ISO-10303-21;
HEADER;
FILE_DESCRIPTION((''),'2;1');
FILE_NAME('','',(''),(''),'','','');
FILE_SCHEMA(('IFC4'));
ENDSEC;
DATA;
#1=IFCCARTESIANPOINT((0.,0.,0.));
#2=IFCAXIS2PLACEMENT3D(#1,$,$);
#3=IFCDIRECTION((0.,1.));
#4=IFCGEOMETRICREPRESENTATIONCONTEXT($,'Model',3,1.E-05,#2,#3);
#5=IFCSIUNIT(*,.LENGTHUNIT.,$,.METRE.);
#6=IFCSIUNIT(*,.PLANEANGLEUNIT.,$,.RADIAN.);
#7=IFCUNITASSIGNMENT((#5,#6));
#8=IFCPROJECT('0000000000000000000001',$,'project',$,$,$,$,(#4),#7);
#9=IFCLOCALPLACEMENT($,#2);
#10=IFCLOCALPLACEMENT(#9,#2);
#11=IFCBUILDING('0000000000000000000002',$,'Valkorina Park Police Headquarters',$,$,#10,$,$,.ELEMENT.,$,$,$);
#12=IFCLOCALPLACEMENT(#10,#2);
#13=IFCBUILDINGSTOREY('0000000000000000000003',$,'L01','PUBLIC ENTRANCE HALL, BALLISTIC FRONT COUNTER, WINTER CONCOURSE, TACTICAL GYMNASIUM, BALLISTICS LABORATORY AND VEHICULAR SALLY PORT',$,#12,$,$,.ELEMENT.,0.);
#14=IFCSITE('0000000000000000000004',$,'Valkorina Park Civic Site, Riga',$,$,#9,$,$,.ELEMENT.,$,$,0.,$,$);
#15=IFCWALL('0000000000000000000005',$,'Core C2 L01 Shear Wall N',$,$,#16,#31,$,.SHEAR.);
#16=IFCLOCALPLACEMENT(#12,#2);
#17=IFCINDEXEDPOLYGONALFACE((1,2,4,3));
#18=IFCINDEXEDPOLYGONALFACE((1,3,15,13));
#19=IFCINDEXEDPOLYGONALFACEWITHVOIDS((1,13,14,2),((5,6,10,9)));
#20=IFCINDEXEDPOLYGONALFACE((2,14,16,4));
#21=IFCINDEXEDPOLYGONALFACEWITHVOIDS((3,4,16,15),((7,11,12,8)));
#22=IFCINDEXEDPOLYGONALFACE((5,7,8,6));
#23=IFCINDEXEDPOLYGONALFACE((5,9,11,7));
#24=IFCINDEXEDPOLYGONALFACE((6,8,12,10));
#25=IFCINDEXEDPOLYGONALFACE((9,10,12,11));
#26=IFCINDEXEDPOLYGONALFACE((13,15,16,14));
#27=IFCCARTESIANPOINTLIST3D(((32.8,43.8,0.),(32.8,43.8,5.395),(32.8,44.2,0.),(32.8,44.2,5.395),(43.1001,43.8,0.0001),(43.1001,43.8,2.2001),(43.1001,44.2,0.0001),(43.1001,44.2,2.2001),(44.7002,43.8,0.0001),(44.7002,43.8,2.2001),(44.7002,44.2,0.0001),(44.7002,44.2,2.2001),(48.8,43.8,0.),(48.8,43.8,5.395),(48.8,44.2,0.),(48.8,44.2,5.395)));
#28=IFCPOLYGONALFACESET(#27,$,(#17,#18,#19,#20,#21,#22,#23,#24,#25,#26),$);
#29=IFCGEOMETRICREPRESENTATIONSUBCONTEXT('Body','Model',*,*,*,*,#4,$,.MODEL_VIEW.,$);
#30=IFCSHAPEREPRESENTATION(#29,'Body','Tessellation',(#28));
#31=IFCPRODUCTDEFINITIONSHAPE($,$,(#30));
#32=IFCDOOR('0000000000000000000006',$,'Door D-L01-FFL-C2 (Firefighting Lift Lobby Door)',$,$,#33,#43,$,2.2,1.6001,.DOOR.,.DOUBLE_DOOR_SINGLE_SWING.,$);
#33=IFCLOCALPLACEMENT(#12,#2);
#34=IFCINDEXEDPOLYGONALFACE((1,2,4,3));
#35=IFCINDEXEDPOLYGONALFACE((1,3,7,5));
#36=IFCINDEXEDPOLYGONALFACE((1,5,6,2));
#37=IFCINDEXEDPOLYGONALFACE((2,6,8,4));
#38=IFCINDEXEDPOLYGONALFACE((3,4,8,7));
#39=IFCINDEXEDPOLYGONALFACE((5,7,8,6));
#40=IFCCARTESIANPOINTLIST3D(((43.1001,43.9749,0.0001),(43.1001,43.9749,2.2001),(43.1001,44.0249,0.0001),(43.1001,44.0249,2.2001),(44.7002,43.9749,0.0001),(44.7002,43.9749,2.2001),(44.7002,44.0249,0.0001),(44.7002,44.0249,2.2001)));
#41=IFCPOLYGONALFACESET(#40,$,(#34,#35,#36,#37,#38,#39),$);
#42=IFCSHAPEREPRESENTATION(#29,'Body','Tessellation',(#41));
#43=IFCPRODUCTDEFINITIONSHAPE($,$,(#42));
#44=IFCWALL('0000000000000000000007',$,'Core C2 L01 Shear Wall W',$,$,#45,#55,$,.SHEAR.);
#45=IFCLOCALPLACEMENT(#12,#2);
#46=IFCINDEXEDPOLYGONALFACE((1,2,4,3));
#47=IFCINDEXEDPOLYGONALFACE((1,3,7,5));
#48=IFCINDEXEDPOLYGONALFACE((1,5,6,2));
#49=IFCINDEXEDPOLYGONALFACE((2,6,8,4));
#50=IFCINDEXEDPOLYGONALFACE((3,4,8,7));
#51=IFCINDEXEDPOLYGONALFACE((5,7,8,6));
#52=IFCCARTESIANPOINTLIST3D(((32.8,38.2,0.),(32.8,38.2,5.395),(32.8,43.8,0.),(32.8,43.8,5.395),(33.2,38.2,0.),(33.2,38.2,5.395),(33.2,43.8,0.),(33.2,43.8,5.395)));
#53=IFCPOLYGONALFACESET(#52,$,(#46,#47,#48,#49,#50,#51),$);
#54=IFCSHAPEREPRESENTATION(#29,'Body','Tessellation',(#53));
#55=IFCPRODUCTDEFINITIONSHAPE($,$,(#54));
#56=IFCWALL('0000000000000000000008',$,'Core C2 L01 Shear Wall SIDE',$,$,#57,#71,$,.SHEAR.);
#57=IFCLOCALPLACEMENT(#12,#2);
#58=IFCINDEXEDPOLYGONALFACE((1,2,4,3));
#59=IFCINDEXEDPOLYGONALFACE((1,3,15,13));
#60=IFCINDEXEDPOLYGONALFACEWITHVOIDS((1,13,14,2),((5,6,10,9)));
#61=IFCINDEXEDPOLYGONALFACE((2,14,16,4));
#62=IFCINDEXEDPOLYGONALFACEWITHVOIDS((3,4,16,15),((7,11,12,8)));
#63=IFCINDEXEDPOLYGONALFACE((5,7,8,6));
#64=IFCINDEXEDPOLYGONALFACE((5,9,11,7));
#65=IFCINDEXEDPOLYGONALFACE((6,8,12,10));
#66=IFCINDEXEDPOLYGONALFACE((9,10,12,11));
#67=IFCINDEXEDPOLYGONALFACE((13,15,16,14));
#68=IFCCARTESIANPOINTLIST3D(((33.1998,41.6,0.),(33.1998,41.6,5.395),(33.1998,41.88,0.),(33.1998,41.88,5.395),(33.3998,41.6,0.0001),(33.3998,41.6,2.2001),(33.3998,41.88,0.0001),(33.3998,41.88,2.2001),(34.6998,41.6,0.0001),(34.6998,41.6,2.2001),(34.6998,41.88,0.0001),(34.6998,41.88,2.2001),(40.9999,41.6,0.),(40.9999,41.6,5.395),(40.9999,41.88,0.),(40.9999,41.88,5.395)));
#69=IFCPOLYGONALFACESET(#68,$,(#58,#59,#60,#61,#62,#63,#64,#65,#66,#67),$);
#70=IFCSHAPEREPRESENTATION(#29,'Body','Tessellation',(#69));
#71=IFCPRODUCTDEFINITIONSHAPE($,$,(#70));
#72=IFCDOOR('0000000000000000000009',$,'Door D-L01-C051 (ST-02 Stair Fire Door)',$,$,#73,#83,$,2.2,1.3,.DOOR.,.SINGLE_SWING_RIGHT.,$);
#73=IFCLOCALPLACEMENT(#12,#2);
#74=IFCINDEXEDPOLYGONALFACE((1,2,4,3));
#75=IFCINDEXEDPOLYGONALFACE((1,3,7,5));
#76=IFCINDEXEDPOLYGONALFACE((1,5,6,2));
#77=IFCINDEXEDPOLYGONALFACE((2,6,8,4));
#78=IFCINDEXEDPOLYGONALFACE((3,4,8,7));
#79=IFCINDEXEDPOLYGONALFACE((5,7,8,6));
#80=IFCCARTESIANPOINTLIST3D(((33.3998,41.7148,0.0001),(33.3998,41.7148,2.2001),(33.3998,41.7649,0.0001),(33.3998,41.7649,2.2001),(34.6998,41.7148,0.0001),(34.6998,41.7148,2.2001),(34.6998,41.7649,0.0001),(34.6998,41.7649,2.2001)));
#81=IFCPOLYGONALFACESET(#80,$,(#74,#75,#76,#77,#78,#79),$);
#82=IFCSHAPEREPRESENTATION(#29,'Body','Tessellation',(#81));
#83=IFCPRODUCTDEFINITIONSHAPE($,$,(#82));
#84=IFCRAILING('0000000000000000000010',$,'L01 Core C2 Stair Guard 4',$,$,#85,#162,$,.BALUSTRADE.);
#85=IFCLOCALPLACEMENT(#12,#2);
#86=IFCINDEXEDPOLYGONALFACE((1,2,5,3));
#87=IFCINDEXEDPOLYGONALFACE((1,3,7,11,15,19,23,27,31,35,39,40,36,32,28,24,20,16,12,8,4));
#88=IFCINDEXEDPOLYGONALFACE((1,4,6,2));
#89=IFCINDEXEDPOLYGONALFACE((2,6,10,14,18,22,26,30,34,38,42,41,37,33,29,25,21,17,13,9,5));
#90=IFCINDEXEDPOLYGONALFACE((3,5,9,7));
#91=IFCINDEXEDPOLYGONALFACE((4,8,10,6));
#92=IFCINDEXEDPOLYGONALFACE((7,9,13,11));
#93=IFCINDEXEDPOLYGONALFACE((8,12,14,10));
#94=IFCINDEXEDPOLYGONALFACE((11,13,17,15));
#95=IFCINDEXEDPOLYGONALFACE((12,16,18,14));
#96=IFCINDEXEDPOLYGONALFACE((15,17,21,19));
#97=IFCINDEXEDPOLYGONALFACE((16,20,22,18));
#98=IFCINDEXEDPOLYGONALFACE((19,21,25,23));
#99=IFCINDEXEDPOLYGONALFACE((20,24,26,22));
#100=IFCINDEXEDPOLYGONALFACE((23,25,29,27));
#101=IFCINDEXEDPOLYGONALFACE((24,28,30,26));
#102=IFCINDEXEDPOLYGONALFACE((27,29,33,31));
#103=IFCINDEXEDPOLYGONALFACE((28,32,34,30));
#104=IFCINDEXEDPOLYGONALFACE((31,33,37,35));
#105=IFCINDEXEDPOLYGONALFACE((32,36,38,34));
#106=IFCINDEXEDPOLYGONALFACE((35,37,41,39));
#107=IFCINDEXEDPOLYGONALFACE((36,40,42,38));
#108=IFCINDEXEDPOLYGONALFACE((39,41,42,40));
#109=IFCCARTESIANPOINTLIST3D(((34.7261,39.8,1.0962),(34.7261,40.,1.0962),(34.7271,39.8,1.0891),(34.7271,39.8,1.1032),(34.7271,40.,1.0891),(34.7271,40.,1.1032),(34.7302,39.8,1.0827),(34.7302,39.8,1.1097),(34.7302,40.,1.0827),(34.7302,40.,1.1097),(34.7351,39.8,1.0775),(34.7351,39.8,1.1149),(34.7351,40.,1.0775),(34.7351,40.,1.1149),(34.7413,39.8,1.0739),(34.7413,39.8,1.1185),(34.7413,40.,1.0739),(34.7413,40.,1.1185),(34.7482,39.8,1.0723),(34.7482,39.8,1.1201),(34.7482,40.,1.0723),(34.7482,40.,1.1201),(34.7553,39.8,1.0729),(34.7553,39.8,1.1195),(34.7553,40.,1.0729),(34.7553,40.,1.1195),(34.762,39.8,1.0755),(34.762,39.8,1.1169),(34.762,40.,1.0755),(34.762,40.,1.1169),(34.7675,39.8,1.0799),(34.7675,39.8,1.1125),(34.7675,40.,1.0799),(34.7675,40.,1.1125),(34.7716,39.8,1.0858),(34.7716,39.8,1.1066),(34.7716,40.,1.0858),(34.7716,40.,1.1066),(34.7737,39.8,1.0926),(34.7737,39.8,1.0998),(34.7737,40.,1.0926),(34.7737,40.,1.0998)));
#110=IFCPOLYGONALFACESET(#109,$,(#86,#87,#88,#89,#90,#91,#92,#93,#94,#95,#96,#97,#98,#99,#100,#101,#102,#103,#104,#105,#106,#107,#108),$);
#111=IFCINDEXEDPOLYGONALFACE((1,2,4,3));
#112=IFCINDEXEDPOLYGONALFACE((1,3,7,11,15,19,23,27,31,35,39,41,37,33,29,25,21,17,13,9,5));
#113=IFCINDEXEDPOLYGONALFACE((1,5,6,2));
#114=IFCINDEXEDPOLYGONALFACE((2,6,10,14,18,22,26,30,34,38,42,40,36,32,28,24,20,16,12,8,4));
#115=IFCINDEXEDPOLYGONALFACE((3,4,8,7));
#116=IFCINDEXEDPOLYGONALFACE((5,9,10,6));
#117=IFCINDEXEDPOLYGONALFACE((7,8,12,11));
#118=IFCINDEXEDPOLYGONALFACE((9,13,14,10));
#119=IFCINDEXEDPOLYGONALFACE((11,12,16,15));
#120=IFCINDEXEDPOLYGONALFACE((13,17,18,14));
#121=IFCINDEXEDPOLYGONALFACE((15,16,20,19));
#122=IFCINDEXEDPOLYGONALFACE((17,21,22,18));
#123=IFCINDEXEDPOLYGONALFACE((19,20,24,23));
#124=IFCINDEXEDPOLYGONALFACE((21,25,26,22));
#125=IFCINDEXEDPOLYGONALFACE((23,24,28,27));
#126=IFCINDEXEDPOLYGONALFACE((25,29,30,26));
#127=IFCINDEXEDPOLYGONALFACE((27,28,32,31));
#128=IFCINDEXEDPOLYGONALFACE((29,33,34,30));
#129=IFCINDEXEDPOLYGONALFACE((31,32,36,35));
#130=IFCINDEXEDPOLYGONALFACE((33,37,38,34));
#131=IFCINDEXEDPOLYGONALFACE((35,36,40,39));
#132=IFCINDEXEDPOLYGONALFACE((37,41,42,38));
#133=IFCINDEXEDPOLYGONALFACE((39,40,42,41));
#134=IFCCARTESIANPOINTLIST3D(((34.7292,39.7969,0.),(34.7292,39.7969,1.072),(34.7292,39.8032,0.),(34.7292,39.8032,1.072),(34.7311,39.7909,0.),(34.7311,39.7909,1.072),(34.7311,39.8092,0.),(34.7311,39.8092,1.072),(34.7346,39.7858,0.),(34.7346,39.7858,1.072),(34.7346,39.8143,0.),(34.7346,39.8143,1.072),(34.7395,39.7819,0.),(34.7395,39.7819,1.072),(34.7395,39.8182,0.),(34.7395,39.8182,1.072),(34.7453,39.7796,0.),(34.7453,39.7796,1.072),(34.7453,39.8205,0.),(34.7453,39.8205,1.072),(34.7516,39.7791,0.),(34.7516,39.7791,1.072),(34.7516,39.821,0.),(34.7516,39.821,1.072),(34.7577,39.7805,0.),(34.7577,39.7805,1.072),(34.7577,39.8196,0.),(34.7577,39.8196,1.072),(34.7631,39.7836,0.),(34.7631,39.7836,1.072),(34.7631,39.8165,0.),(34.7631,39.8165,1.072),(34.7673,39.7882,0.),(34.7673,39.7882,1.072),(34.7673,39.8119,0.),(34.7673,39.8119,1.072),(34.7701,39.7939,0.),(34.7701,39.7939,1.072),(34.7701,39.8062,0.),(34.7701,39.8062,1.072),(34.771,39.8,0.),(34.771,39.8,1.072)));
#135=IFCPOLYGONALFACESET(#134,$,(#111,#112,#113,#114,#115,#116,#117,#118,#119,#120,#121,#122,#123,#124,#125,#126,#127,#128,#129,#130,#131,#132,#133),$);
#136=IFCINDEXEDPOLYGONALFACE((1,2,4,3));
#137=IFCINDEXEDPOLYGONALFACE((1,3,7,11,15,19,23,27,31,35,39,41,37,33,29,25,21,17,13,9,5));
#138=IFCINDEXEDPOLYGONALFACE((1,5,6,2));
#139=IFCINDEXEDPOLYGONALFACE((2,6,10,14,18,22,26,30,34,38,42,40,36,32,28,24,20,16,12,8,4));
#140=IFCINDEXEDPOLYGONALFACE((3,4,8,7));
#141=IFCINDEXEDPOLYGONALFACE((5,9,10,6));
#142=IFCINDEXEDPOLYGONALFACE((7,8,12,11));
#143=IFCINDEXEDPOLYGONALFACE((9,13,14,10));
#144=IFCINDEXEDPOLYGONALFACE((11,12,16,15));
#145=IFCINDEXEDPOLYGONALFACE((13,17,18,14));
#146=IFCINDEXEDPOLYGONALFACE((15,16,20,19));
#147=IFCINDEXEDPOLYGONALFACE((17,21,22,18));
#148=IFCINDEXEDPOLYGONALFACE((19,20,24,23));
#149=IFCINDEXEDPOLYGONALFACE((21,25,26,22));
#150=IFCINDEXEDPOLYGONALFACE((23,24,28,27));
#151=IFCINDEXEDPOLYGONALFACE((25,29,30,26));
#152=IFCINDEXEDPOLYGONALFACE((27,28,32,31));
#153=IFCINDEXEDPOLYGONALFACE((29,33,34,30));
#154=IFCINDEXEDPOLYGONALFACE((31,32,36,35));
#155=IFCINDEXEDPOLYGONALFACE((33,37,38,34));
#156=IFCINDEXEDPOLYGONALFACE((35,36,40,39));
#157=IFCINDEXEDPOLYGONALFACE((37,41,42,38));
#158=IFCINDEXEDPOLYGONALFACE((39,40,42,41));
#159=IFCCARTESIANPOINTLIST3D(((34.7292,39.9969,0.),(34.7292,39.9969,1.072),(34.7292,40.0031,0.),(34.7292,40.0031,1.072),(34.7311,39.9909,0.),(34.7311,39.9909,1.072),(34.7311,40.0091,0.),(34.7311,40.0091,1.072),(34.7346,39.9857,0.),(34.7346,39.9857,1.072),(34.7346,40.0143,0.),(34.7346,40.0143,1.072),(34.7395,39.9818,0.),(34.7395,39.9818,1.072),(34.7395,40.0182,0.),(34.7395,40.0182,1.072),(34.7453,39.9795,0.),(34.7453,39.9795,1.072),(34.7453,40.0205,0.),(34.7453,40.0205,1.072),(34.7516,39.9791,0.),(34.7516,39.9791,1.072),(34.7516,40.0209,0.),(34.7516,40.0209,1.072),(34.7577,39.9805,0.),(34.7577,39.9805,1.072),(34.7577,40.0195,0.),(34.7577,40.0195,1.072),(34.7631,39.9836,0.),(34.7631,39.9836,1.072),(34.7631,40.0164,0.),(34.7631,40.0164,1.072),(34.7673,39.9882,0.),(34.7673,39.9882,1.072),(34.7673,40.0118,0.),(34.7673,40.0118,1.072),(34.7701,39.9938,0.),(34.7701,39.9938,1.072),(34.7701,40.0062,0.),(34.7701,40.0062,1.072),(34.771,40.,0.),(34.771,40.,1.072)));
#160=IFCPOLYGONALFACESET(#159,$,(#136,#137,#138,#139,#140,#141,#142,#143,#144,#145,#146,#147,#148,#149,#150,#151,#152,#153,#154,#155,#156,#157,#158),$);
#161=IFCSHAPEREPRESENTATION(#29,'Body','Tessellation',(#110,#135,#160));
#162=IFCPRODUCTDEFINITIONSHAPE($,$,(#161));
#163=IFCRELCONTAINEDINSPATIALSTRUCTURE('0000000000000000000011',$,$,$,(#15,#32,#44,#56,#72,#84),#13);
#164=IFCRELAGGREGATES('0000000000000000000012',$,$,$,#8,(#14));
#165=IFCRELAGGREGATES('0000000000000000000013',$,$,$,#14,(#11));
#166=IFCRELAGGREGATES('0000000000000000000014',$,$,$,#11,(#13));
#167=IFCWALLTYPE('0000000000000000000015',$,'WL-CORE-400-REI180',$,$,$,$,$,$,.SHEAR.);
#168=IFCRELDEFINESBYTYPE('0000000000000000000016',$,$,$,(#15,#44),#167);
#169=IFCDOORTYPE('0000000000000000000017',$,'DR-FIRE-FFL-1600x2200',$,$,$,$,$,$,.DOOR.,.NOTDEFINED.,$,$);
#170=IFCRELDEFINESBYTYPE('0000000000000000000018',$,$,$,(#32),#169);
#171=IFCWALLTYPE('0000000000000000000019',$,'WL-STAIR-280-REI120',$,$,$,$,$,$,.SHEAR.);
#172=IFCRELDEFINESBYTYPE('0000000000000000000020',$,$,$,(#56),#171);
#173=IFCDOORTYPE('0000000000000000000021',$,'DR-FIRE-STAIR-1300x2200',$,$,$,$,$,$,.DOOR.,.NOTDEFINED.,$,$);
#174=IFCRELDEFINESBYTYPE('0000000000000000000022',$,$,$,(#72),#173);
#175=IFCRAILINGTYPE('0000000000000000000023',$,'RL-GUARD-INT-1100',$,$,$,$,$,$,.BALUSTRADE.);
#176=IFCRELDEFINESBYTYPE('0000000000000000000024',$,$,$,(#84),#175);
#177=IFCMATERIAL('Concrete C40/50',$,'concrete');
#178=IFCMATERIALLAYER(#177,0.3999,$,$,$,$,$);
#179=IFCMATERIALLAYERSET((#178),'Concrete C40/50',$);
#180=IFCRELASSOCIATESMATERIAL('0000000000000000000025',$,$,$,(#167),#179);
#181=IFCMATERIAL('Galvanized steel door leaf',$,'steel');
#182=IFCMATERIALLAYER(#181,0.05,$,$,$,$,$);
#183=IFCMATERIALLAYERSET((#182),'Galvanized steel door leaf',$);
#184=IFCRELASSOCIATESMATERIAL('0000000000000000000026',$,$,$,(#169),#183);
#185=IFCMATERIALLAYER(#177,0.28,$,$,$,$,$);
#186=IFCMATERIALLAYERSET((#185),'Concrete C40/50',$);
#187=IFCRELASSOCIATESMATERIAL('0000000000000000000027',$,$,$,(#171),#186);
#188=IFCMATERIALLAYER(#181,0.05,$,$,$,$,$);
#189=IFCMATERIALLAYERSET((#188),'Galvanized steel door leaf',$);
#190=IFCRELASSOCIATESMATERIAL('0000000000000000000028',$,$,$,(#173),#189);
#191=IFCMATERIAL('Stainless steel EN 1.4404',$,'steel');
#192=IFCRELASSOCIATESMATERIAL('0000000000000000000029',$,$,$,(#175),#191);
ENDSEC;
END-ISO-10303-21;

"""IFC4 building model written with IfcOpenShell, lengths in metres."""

from ifc_helpers import new_model, si_unit, direction, frame, frame_2d, origin, origin_2d, place, context, subcontext, project, spatial, rectangle, circle, extrude, material, layer, layer_set, type_object, element, fill, save


model = new_model("IFC4")

# Units and contexts
model_context = context("Model", 3, precision=1e-05, world=origin(), true_north=direction((0.0, 1.0)))
body_context = subcontext(model_context, "Body", "Model", "MODEL_VIEW")
ifc_project = project(units=[si_unit("LENGTHUNIT", "METRE"), si_unit("PLANEANGLEUNIT", "RADIAN")], contexts=[model_context])

# Site, building, storey
site_placement = place(None, origin())
site = spatial("IfcSite", under=ifc_project, at=site_placement, Name="Valkorina Park Civic Site, Riga", CompositionType="ELEMENT", RefElevation=0.0)
building_placement = place(site_placement, origin())
building = spatial("IfcBuilding", under=site, at=building_placement, Name="Valkorina Park Police Headquarters", CompositionType="ELEMENT")
storey_placement = place(building_placement, origin())
storey = spatial("IfcBuildingStorey", under=building, at=storey_placement, Name="L01", Description="PUBLIC ENTRANCE HALL, BALLISTIC FRONT COUNTER, WINTER CONCOURSE, TACTICAL GYMNASIUM, BALLISTICS LABORATORY AND VEHICULAR SALLY PORT", CompositionType="ELEMENT", Elevation=0.0)

# Shared definitions
ifc_material_1 = material(Name="Concrete C40/50", Category="concrete")

# Shared definitions
ifc_material_2 = material(Name="Stainless steel EN 1.4404", Category="steel")

# Wall, opening, door
ifc_material_3 = material(Name="Galvanized steel door leaf", Category="steel")
ifc_layer_1 = layer(ifc_material_1, 0.3999)
ifc_layer_set_1 = layer_set([ifc_layer_1], Name="Concrete C40/50")
wall_type_1 = type_object("IfcWallType", Name="WL-CORE-400-REI180", PredefinedType="SHEAR", material=ifc_layer_set_1)
wall_1_placement = place(storey_placement, frame((32.8, 44.0, 0.0), z_axis=(0.0, 0.0, 1.0), x_axis=(1.0, 0.0, 0.0)))
wall_1 = element("IfcWall", 1, at=wall_1_placement, inside=storey, type_object=wall_type_1, Name="Core C2 L01 Shear Wall N", PredefinedType="SHEAR", context=body_context, shape_type="SweptSolid", body=[
    extrude(rectangle(XDim=16.0, YDim=0.3999, at=frame_2d((8.0, 0.0))), origin(), (0.0, 0.0, 1.0), 5.395),
])
opening_1_placement = place(wall_1_placement, frame((10.3, 0.0, 0.0)))
opening_1 = element("IfcOpeningElement", 2, at=opening_1_placement, cuts=wall_1, PredefinedType="OPENING", context=body_context, shape_type="SweptSolid", body=[
    extrude(rectangle(XDim=1.6001, YDim=2.2, at=frame_2d((0.8, 1.1001))), frame((0.0, 0.21, 0.0), z_axis=(0.0, -1.0, 0.0), x_axis=(1.0, 0.0, 0.0)), (0.0, 0.0, 1.0), 0.4199),
])
ifc_layer_2 = layer(ifc_material_3, 0.05)
ifc_layer_set_2 = layer_set([ifc_layer_2], Name="Galvanized steel door leaf")
door_type_1 = type_object("IfcDoorType", Name="DR-FIRE-FFL-1600x2200", OperationType="NOTDEFINED", PredefinedType="DOOR", material=ifc_layer_set_2)
door_1_placement = place(opening_1_placement, origin())
door_1 = element("IfcDoor", 3, at=door_1_placement, inside=storey, type_object=door_type_1, Name="Door D-L01-FFL-C2 (Firefighting Lift Lobby Door)", OperationType="DOUBLE_DOOR_SINGLE_SWING", OverallHeight=2.2, OverallWidth=1.6001, PredefinedType="DOOR", context=body_context, shape_type="SweptSolid", body=[
    extrude(rectangle(XDim=1.6001, YDim=2.2, at=frame_2d((0.8, 1.1001))), frame((0.0, 0.0249, 0.0), z_axis=(0.0, -1.0, 0.0), x_axis=(1.0, 0.0, 0.0)), (0.0, 0.0, 1.0), 0.05),
])
fill(opening_1, door_1)

# Wall
wall_2_placement = place(storey_placement, frame((33.0, 38.2, 0.0), z_axis=(0.0, 0.0, 1.0), x_axis=(0.0, 1.0, 0.0)))
element("IfcWall", 4, at=wall_2_placement, inside=storey, type_object=wall_type_1, Name="Core C2 L01 Shear Wall W", PredefinedType="SHEAR", context=body_context, shape_type="SweptSolid", body=[
    extrude(rectangle(XDim=5.6001, YDim=0.3999, at=frame_2d((2.8, 0.0))), origin(), (0.0, 0.0, 1.0), 5.395),
])

# Wall, opening, door
ifc_layer_3 = layer(ifc_material_1, 0.28)
ifc_layer_set_3 = layer_set([ifc_layer_3], Name="Concrete C40/50")
wall_type_2 = type_object("IfcWallType", Name="WL-STAIR-280-REI120", PredefinedType="SHEAR", material=ifc_layer_set_3)
wall_3_placement = place(storey_placement, frame((33.2, 41.74, 0.0), z_axis=(0.0, 0.0, 1.0), x_axis=(1.0, 0.0, 0.0)))
wall_3 = element("IfcWall", 5, at=wall_3_placement, inside=storey, type_object=wall_type_2, Name="Core C2 L01 Shear Wall SIDE", PredefinedType="SHEAR", context=body_context, shape_type="SweptSolid", body=[
    extrude(rectangle(XDim=7.8, YDim=0.28, at=frame_2d((3.8999, 0.0))), origin(), (0.0, 0.0, 1.0), 5.395),
])
opening_2_placement = place(wall_3_placement, frame((0.2, 0.0, 0.0)))
opening_2 = element("IfcOpeningElement", 6, at=opening_2_placement, cuts=wall_3, PredefinedType="OPENING", context=body_context, shape_type="SweptSolid", body=[
    extrude(rectangle(XDim=1.3, YDim=2.2, at=frame_2d((0.6499, 1.1001))), frame((0.0, 0.1499, 0.0), z_axis=(0.0, -1.0, 0.0), x_axis=(1.0, 0.0, 0.0)), (0.0, 0.0, 1.0), 0.3),
])
ifc_layer_4 = layer(ifc_material_3, 0.05)
ifc_layer_set_4 = layer_set([ifc_layer_4], Name="Galvanized steel door leaf")
door_type_2 = type_object("IfcDoorType", Name="DR-FIRE-STAIR-1300x2200", OperationType="NOTDEFINED", PredefinedType="DOOR", material=ifc_layer_set_4)
door_2_placement = place(opening_2_placement, origin())
door_2 = element("IfcDoor", 7, at=door_2_placement, inside=storey, type_object=door_type_2, Name="Door D-L01-C051 (ST-02 Stair Fire Door)", OperationType="SINGLE_SWING_RIGHT", OverallHeight=2.2, OverallWidth=1.3, PredefinedType="DOOR", context=body_context, shape_type="SweptSolid", body=[
    extrude(rectangle(XDim=1.3, YDim=2.2, at=frame_2d((0.6499, 1.1001))), frame((0.0, 0.0249, 0.0), z_axis=(0.0, -1.0, 0.0), x_axis=(1.0, 0.0, 0.0)), (0.0, 0.0, 1.0), 0.05),
])
fill(opening_2, door_2)

# Railing
railing_type_1 = type_object("IfcRailingType", Name="RL-GUARD-INT-1100", PredefinedType="BALUSTRADE", material=ifc_material_2)
railing_1_placement = place(storey_placement, frame((34.75, 39.8, 0.0)))
element("IfcRailing", 8, at=railing_1_placement, inside=storey, type_object=railing_type_1, Name="L01 Core C2 Stair Guard 4", PredefinedType="BALUSTRADE", context=body_context, shape_type="SweptSolid", body=[
    extrude(circle(Radius=0.0239, at=origin_2d()), frame((0.0, 0.0, 1.0962), z_axis=(0.0, 1.0, 0.0), x_axis=(-1.0, 0.0, 0.0)), (0.0, 0.0, 1.0), 0.2),
    extrude(circle(Radius=0.021, at=origin_2d()), origin(), (0.0, 0.0, 1.0), 1.072),
    extrude(circle(Radius=0.021, at=origin_2d()), frame((0.0, 0.2, 0.0)), (0.0, 0.0, 1.0), 1.072),
])

save(model, "model.ifc")
